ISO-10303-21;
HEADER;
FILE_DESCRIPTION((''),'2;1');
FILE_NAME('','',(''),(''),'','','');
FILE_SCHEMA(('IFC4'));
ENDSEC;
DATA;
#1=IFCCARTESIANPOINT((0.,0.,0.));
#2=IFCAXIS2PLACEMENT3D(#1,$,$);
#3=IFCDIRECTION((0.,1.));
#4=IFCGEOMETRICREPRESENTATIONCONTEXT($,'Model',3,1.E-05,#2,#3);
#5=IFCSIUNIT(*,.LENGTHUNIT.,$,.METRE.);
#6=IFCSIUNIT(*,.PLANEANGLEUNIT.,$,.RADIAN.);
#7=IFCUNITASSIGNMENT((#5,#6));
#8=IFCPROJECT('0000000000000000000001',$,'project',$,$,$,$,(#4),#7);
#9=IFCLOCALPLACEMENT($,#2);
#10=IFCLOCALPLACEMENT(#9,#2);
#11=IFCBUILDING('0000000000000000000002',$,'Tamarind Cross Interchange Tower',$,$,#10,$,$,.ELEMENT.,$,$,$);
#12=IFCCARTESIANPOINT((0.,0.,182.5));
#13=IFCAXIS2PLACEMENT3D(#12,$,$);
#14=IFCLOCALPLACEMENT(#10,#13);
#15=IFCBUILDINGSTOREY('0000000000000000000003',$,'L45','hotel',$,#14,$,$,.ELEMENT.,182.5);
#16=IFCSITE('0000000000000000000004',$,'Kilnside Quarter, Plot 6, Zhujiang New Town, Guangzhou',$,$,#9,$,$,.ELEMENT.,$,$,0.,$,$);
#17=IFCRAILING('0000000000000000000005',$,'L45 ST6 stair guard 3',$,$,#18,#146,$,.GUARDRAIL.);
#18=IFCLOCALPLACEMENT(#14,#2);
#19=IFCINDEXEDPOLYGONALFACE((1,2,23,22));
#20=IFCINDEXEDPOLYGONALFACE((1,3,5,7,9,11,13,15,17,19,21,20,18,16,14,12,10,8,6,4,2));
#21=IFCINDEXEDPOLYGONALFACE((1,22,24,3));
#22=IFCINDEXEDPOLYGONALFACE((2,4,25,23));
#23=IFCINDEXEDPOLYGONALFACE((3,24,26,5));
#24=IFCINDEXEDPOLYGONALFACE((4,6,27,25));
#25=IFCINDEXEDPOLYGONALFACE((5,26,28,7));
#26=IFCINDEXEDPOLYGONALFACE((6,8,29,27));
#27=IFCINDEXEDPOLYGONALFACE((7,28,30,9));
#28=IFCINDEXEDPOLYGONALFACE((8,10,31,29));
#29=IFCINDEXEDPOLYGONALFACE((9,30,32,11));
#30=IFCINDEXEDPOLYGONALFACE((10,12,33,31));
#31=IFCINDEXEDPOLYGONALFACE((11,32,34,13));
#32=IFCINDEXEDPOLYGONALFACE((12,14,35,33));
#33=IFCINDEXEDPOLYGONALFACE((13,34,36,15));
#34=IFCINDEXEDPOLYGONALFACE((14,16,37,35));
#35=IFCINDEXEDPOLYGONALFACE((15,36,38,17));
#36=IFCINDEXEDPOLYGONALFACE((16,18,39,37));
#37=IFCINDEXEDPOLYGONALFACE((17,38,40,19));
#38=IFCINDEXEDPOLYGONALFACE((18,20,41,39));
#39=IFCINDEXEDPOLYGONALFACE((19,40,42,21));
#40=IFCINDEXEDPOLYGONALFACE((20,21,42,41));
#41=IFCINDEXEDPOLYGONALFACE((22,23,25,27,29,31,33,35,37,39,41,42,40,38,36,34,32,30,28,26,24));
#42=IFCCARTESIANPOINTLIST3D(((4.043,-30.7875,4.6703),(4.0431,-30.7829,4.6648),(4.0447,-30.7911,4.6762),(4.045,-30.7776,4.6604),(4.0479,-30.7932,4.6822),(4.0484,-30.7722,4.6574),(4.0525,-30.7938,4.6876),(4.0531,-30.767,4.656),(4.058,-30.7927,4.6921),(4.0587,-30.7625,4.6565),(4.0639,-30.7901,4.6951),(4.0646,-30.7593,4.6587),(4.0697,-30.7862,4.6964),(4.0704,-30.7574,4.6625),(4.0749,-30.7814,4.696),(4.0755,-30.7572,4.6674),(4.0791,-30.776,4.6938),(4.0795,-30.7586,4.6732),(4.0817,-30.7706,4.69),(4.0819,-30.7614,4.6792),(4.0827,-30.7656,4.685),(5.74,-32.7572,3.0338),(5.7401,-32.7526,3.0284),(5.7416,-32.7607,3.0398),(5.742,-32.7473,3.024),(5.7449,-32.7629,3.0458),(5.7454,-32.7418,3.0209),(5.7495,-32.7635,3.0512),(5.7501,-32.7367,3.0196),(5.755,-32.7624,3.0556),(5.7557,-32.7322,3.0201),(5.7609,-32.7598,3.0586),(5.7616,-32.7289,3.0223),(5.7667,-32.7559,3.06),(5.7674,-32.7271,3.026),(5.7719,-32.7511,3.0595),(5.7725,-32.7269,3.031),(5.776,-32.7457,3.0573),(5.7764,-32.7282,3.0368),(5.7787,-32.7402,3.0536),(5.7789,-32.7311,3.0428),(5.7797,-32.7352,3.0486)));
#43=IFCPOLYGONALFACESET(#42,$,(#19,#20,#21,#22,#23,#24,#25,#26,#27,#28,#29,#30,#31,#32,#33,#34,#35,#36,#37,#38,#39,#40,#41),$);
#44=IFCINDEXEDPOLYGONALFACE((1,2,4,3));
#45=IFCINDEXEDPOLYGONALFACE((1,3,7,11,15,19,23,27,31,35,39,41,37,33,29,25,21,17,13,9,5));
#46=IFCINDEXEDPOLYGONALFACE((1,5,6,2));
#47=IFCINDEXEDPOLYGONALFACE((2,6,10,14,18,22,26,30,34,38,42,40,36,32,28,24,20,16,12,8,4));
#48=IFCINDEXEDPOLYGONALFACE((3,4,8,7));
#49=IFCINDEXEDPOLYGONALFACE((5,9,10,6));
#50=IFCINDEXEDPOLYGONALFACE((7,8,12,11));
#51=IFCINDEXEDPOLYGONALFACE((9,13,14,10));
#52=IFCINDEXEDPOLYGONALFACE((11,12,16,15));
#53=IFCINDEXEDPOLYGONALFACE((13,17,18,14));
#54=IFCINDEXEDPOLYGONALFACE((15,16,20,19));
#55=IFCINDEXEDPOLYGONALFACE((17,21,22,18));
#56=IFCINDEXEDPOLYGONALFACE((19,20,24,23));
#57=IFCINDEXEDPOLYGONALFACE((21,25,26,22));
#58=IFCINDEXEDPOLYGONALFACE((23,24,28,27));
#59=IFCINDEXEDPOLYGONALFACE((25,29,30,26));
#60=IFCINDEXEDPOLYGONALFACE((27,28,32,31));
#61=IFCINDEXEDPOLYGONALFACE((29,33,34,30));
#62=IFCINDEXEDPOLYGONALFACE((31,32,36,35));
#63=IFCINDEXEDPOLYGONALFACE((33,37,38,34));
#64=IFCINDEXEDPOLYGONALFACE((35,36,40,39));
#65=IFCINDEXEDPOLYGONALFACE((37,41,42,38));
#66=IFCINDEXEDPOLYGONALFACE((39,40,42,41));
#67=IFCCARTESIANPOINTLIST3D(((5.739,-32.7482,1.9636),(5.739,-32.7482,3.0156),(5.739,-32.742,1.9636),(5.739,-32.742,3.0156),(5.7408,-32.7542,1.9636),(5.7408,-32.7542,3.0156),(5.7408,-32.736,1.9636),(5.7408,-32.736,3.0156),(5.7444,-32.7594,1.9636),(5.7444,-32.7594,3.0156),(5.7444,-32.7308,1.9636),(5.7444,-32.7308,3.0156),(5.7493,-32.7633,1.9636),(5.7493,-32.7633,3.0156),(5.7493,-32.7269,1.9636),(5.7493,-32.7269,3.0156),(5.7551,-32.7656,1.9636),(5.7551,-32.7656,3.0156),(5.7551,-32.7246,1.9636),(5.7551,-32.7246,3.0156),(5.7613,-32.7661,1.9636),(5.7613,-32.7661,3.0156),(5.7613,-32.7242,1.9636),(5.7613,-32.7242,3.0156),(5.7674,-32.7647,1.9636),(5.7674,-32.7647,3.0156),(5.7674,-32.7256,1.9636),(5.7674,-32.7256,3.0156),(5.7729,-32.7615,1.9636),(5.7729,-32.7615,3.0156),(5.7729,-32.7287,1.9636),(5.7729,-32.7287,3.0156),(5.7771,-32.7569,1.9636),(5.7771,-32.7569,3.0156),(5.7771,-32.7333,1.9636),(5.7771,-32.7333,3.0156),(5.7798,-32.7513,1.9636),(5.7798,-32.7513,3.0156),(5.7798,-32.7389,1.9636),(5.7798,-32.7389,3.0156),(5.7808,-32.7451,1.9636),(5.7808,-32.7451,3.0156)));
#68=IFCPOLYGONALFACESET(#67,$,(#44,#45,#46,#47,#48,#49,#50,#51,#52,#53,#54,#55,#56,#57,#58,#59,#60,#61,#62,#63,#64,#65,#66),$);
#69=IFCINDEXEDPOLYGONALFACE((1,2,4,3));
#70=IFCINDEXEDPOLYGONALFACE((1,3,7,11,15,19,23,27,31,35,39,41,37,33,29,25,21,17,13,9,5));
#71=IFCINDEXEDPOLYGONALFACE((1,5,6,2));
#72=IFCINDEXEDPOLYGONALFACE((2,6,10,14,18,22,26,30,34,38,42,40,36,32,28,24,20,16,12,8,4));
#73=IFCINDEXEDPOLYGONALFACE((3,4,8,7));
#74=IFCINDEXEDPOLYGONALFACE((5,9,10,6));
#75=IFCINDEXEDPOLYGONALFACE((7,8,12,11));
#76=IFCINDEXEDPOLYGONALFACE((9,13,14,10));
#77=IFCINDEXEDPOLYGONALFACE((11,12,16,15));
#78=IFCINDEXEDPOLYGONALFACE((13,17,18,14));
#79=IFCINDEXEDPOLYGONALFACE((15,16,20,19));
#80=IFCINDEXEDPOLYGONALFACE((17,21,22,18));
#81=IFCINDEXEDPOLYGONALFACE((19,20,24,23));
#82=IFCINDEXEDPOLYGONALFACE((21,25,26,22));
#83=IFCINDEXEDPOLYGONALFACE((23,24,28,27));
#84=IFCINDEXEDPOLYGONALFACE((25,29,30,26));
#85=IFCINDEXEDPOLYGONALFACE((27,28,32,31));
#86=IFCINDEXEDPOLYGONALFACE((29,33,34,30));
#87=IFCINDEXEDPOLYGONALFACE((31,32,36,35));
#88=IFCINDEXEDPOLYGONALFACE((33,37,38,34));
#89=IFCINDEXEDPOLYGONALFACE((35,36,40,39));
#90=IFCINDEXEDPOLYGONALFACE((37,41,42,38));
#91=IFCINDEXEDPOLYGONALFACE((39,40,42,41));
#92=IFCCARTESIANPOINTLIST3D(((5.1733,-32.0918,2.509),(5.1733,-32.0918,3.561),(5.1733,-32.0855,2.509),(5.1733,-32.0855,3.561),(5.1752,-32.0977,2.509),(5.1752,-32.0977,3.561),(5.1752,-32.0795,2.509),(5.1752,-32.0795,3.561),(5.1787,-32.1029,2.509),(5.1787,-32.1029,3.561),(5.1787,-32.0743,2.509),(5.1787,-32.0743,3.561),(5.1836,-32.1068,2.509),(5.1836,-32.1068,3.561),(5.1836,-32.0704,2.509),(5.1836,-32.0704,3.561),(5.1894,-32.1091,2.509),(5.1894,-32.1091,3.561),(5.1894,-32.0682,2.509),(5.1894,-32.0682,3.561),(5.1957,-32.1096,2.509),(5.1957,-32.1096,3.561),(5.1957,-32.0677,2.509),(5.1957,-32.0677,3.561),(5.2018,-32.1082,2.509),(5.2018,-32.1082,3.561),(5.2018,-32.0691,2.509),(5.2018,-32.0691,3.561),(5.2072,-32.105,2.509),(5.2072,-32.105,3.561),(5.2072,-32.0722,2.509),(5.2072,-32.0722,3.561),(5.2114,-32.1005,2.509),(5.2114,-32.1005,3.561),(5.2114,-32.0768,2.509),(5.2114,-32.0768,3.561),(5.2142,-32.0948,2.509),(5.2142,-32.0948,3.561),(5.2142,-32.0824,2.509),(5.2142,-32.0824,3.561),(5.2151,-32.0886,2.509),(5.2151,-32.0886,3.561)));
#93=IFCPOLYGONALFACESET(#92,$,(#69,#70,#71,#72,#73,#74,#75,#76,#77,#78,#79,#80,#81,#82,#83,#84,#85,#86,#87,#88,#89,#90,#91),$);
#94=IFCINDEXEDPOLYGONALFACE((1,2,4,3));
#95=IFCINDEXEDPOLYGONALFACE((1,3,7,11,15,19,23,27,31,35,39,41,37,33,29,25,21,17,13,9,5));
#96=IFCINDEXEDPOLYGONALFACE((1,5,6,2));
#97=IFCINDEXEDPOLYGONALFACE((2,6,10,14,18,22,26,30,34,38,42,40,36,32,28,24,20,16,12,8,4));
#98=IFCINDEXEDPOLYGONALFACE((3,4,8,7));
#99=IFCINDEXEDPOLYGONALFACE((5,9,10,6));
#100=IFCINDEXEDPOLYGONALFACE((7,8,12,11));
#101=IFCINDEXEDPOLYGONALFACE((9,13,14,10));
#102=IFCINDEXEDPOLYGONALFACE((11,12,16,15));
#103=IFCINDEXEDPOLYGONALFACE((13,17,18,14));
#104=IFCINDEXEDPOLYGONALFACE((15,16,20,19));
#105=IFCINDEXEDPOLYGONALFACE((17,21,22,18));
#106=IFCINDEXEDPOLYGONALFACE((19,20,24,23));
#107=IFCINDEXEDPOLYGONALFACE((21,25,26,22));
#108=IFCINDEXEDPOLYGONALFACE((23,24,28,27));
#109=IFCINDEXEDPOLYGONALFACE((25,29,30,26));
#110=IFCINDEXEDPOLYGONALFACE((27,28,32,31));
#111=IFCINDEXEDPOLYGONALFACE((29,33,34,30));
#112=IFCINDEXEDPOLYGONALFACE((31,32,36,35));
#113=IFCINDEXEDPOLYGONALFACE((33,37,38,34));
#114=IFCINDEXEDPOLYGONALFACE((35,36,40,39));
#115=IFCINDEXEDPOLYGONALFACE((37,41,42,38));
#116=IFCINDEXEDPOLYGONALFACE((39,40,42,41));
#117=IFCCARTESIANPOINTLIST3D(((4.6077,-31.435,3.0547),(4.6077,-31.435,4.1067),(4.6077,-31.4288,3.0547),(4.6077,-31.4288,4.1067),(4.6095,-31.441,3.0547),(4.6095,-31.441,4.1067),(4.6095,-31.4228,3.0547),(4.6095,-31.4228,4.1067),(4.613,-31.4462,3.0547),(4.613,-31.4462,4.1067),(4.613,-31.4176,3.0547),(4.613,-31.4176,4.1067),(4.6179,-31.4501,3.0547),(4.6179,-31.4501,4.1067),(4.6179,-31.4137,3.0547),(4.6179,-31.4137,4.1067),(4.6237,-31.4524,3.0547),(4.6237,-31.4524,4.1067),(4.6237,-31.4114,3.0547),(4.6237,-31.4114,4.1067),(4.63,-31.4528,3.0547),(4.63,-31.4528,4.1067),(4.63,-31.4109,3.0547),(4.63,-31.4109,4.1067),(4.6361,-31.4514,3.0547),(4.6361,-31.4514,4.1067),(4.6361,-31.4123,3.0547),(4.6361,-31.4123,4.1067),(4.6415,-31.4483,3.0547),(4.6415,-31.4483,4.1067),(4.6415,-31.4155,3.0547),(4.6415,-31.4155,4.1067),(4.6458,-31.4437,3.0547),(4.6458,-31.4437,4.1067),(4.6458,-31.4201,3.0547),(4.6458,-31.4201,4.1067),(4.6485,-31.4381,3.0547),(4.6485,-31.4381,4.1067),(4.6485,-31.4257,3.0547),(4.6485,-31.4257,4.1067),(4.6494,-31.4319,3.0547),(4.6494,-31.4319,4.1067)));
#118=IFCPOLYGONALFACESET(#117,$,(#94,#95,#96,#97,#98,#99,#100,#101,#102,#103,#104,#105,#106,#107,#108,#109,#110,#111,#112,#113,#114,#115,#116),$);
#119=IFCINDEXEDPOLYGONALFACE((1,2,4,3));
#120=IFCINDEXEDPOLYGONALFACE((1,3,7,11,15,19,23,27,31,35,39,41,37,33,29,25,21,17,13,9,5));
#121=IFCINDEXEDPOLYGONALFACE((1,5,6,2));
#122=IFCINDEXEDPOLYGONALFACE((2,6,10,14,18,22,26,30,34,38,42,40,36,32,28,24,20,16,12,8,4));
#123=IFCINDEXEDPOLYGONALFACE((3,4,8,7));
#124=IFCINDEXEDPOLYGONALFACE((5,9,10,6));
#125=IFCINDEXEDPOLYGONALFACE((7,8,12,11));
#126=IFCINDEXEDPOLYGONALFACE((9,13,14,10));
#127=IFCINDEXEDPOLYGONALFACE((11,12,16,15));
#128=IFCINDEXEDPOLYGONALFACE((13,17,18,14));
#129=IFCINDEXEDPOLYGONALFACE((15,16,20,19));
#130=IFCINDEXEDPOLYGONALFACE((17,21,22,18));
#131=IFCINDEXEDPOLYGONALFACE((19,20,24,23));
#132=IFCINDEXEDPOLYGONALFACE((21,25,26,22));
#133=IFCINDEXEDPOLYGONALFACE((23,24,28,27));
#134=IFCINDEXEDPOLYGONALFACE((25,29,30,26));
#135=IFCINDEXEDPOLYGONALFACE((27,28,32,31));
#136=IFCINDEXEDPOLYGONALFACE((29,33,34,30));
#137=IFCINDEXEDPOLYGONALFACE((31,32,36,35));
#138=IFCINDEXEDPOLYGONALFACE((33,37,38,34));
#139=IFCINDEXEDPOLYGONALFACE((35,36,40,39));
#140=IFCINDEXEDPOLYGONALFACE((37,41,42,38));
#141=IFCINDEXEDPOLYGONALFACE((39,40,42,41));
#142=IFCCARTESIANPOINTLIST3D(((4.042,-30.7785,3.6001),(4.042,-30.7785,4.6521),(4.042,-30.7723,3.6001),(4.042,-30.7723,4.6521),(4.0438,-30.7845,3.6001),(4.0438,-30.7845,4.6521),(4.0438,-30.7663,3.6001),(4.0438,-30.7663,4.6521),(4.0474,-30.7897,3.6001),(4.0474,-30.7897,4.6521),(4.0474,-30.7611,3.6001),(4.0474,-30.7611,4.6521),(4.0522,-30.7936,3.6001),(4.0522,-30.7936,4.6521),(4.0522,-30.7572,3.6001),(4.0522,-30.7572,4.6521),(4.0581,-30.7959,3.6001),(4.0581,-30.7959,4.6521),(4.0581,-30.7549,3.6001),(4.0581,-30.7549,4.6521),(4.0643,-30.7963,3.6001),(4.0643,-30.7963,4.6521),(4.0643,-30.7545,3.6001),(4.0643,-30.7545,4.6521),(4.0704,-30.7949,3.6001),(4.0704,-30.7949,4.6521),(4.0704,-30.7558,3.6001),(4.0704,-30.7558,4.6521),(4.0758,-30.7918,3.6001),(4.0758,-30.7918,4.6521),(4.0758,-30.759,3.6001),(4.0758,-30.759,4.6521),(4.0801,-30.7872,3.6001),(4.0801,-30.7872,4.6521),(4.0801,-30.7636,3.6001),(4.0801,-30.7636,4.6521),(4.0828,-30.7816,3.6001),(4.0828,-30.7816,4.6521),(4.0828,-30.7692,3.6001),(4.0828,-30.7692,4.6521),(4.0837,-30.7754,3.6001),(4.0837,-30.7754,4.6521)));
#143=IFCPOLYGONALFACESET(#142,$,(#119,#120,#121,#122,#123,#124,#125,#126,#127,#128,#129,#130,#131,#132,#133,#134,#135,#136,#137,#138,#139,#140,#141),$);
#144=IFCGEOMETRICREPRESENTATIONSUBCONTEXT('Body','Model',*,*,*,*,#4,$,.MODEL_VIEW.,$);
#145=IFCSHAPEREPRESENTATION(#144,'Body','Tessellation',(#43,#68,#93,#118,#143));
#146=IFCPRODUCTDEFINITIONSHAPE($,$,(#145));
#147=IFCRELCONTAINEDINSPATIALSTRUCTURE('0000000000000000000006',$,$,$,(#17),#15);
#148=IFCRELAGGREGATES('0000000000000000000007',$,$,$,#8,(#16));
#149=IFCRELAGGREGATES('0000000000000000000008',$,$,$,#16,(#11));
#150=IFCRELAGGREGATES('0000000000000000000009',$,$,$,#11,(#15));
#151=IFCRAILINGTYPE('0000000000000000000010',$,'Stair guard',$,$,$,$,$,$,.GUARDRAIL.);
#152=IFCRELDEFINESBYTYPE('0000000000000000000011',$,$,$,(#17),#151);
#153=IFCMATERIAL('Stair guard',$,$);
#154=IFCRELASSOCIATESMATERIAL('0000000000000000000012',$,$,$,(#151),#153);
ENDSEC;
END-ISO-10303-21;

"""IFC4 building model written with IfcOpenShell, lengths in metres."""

from ifc_helpers import new_model, si_unit, direction, frame, origin, origin_2d, place, context, subcontext, project, spatial, circle, extrude, material, type_object, element, save


model = new_model("IFC4")

# Units and contexts
model_context = context("Model", 3, precision=1e-05, world=origin(), true_north=direction((0.0, 1.0)))
body_context = subcontext(model_context, "Body", "Model", "MODEL_VIEW")
ifc_project = project(units=[si_unit("LENGTHUNIT", "METRE"), si_unit("PLANEANGLEUNIT", "RADIAN")], contexts=[model_context])

# Site, building, storey
site_placement = place(None, origin())
site = spatial("IfcSite", under=ifc_project, at=site_placement, Name="Kilnside Quarter, Plot 6, Zhujiang New Town, Guangzhou", CompositionType="ELEMENT", RefElevation=0.0)
building_placement = place(site_placement, origin())
building = spatial("IfcBuilding", under=site, at=building_placement, Name="Tamarind Cross Interchange Tower", CompositionType="ELEMENT")
storey_placement = place(building_placement, frame((0.0, 0.0, 182.5)))
storey = spatial("IfcBuildingStorey", under=building, at=storey_placement, Name="L45", Description="hotel", CompositionType="ELEMENT", Elevation=182.5)

# Railing
ifc_material_1 = material(Name="Stair guard")
railing_type_1 = type_object("IfcRailingType", Name="Stair guard", PredefinedType="GUARDRAIL", material=ifc_material_1)
railing_1_placement = place(storey_placement, frame((5.7598, -32.7451, 1.9636)))
element("IfcRailing", 1, at=railing_1_placement, inside=storey, type_object=railing_type_1, Name="L45 ST6 stair guard 3", PredefinedType="GUARDRAIL", context=body_context, shape_type="SweptSolid", body=[
    extrude(circle(Radius=0.0239, at=origin_2d()), frame((0.0, 0.0, 1.0762), z_axis=(-0.552399, 0.641168, 0.53269), x_axis=(-0.757604, -0.652715, 0.0)), (0.0, 0.0, 1.0), 3.072),
    extrude(circle(Radius=0.021, at=origin_2d()), origin(), (0.0, 0.0, 1.0), 1.052),
    extrude(circle(Radius=0.021, at=origin_2d()), frame((-0.5657, 0.6565, 0.5454)), (0.0, 0.0, 1.0), 1.052),
    extrude(circle(Radius=0.021, at=origin_2d()), frame((-1.1313, 1.3132, 1.0911)), (0.0, 0.0, 1.0), 1.052),
    extrude(circle(Radius=0.021, at=origin_2d()), frame((-1.697, 1.9697, 1.6365)), (0.0, 0.0, 1.0), 1.052),
])

save(model, "model.ifc")
